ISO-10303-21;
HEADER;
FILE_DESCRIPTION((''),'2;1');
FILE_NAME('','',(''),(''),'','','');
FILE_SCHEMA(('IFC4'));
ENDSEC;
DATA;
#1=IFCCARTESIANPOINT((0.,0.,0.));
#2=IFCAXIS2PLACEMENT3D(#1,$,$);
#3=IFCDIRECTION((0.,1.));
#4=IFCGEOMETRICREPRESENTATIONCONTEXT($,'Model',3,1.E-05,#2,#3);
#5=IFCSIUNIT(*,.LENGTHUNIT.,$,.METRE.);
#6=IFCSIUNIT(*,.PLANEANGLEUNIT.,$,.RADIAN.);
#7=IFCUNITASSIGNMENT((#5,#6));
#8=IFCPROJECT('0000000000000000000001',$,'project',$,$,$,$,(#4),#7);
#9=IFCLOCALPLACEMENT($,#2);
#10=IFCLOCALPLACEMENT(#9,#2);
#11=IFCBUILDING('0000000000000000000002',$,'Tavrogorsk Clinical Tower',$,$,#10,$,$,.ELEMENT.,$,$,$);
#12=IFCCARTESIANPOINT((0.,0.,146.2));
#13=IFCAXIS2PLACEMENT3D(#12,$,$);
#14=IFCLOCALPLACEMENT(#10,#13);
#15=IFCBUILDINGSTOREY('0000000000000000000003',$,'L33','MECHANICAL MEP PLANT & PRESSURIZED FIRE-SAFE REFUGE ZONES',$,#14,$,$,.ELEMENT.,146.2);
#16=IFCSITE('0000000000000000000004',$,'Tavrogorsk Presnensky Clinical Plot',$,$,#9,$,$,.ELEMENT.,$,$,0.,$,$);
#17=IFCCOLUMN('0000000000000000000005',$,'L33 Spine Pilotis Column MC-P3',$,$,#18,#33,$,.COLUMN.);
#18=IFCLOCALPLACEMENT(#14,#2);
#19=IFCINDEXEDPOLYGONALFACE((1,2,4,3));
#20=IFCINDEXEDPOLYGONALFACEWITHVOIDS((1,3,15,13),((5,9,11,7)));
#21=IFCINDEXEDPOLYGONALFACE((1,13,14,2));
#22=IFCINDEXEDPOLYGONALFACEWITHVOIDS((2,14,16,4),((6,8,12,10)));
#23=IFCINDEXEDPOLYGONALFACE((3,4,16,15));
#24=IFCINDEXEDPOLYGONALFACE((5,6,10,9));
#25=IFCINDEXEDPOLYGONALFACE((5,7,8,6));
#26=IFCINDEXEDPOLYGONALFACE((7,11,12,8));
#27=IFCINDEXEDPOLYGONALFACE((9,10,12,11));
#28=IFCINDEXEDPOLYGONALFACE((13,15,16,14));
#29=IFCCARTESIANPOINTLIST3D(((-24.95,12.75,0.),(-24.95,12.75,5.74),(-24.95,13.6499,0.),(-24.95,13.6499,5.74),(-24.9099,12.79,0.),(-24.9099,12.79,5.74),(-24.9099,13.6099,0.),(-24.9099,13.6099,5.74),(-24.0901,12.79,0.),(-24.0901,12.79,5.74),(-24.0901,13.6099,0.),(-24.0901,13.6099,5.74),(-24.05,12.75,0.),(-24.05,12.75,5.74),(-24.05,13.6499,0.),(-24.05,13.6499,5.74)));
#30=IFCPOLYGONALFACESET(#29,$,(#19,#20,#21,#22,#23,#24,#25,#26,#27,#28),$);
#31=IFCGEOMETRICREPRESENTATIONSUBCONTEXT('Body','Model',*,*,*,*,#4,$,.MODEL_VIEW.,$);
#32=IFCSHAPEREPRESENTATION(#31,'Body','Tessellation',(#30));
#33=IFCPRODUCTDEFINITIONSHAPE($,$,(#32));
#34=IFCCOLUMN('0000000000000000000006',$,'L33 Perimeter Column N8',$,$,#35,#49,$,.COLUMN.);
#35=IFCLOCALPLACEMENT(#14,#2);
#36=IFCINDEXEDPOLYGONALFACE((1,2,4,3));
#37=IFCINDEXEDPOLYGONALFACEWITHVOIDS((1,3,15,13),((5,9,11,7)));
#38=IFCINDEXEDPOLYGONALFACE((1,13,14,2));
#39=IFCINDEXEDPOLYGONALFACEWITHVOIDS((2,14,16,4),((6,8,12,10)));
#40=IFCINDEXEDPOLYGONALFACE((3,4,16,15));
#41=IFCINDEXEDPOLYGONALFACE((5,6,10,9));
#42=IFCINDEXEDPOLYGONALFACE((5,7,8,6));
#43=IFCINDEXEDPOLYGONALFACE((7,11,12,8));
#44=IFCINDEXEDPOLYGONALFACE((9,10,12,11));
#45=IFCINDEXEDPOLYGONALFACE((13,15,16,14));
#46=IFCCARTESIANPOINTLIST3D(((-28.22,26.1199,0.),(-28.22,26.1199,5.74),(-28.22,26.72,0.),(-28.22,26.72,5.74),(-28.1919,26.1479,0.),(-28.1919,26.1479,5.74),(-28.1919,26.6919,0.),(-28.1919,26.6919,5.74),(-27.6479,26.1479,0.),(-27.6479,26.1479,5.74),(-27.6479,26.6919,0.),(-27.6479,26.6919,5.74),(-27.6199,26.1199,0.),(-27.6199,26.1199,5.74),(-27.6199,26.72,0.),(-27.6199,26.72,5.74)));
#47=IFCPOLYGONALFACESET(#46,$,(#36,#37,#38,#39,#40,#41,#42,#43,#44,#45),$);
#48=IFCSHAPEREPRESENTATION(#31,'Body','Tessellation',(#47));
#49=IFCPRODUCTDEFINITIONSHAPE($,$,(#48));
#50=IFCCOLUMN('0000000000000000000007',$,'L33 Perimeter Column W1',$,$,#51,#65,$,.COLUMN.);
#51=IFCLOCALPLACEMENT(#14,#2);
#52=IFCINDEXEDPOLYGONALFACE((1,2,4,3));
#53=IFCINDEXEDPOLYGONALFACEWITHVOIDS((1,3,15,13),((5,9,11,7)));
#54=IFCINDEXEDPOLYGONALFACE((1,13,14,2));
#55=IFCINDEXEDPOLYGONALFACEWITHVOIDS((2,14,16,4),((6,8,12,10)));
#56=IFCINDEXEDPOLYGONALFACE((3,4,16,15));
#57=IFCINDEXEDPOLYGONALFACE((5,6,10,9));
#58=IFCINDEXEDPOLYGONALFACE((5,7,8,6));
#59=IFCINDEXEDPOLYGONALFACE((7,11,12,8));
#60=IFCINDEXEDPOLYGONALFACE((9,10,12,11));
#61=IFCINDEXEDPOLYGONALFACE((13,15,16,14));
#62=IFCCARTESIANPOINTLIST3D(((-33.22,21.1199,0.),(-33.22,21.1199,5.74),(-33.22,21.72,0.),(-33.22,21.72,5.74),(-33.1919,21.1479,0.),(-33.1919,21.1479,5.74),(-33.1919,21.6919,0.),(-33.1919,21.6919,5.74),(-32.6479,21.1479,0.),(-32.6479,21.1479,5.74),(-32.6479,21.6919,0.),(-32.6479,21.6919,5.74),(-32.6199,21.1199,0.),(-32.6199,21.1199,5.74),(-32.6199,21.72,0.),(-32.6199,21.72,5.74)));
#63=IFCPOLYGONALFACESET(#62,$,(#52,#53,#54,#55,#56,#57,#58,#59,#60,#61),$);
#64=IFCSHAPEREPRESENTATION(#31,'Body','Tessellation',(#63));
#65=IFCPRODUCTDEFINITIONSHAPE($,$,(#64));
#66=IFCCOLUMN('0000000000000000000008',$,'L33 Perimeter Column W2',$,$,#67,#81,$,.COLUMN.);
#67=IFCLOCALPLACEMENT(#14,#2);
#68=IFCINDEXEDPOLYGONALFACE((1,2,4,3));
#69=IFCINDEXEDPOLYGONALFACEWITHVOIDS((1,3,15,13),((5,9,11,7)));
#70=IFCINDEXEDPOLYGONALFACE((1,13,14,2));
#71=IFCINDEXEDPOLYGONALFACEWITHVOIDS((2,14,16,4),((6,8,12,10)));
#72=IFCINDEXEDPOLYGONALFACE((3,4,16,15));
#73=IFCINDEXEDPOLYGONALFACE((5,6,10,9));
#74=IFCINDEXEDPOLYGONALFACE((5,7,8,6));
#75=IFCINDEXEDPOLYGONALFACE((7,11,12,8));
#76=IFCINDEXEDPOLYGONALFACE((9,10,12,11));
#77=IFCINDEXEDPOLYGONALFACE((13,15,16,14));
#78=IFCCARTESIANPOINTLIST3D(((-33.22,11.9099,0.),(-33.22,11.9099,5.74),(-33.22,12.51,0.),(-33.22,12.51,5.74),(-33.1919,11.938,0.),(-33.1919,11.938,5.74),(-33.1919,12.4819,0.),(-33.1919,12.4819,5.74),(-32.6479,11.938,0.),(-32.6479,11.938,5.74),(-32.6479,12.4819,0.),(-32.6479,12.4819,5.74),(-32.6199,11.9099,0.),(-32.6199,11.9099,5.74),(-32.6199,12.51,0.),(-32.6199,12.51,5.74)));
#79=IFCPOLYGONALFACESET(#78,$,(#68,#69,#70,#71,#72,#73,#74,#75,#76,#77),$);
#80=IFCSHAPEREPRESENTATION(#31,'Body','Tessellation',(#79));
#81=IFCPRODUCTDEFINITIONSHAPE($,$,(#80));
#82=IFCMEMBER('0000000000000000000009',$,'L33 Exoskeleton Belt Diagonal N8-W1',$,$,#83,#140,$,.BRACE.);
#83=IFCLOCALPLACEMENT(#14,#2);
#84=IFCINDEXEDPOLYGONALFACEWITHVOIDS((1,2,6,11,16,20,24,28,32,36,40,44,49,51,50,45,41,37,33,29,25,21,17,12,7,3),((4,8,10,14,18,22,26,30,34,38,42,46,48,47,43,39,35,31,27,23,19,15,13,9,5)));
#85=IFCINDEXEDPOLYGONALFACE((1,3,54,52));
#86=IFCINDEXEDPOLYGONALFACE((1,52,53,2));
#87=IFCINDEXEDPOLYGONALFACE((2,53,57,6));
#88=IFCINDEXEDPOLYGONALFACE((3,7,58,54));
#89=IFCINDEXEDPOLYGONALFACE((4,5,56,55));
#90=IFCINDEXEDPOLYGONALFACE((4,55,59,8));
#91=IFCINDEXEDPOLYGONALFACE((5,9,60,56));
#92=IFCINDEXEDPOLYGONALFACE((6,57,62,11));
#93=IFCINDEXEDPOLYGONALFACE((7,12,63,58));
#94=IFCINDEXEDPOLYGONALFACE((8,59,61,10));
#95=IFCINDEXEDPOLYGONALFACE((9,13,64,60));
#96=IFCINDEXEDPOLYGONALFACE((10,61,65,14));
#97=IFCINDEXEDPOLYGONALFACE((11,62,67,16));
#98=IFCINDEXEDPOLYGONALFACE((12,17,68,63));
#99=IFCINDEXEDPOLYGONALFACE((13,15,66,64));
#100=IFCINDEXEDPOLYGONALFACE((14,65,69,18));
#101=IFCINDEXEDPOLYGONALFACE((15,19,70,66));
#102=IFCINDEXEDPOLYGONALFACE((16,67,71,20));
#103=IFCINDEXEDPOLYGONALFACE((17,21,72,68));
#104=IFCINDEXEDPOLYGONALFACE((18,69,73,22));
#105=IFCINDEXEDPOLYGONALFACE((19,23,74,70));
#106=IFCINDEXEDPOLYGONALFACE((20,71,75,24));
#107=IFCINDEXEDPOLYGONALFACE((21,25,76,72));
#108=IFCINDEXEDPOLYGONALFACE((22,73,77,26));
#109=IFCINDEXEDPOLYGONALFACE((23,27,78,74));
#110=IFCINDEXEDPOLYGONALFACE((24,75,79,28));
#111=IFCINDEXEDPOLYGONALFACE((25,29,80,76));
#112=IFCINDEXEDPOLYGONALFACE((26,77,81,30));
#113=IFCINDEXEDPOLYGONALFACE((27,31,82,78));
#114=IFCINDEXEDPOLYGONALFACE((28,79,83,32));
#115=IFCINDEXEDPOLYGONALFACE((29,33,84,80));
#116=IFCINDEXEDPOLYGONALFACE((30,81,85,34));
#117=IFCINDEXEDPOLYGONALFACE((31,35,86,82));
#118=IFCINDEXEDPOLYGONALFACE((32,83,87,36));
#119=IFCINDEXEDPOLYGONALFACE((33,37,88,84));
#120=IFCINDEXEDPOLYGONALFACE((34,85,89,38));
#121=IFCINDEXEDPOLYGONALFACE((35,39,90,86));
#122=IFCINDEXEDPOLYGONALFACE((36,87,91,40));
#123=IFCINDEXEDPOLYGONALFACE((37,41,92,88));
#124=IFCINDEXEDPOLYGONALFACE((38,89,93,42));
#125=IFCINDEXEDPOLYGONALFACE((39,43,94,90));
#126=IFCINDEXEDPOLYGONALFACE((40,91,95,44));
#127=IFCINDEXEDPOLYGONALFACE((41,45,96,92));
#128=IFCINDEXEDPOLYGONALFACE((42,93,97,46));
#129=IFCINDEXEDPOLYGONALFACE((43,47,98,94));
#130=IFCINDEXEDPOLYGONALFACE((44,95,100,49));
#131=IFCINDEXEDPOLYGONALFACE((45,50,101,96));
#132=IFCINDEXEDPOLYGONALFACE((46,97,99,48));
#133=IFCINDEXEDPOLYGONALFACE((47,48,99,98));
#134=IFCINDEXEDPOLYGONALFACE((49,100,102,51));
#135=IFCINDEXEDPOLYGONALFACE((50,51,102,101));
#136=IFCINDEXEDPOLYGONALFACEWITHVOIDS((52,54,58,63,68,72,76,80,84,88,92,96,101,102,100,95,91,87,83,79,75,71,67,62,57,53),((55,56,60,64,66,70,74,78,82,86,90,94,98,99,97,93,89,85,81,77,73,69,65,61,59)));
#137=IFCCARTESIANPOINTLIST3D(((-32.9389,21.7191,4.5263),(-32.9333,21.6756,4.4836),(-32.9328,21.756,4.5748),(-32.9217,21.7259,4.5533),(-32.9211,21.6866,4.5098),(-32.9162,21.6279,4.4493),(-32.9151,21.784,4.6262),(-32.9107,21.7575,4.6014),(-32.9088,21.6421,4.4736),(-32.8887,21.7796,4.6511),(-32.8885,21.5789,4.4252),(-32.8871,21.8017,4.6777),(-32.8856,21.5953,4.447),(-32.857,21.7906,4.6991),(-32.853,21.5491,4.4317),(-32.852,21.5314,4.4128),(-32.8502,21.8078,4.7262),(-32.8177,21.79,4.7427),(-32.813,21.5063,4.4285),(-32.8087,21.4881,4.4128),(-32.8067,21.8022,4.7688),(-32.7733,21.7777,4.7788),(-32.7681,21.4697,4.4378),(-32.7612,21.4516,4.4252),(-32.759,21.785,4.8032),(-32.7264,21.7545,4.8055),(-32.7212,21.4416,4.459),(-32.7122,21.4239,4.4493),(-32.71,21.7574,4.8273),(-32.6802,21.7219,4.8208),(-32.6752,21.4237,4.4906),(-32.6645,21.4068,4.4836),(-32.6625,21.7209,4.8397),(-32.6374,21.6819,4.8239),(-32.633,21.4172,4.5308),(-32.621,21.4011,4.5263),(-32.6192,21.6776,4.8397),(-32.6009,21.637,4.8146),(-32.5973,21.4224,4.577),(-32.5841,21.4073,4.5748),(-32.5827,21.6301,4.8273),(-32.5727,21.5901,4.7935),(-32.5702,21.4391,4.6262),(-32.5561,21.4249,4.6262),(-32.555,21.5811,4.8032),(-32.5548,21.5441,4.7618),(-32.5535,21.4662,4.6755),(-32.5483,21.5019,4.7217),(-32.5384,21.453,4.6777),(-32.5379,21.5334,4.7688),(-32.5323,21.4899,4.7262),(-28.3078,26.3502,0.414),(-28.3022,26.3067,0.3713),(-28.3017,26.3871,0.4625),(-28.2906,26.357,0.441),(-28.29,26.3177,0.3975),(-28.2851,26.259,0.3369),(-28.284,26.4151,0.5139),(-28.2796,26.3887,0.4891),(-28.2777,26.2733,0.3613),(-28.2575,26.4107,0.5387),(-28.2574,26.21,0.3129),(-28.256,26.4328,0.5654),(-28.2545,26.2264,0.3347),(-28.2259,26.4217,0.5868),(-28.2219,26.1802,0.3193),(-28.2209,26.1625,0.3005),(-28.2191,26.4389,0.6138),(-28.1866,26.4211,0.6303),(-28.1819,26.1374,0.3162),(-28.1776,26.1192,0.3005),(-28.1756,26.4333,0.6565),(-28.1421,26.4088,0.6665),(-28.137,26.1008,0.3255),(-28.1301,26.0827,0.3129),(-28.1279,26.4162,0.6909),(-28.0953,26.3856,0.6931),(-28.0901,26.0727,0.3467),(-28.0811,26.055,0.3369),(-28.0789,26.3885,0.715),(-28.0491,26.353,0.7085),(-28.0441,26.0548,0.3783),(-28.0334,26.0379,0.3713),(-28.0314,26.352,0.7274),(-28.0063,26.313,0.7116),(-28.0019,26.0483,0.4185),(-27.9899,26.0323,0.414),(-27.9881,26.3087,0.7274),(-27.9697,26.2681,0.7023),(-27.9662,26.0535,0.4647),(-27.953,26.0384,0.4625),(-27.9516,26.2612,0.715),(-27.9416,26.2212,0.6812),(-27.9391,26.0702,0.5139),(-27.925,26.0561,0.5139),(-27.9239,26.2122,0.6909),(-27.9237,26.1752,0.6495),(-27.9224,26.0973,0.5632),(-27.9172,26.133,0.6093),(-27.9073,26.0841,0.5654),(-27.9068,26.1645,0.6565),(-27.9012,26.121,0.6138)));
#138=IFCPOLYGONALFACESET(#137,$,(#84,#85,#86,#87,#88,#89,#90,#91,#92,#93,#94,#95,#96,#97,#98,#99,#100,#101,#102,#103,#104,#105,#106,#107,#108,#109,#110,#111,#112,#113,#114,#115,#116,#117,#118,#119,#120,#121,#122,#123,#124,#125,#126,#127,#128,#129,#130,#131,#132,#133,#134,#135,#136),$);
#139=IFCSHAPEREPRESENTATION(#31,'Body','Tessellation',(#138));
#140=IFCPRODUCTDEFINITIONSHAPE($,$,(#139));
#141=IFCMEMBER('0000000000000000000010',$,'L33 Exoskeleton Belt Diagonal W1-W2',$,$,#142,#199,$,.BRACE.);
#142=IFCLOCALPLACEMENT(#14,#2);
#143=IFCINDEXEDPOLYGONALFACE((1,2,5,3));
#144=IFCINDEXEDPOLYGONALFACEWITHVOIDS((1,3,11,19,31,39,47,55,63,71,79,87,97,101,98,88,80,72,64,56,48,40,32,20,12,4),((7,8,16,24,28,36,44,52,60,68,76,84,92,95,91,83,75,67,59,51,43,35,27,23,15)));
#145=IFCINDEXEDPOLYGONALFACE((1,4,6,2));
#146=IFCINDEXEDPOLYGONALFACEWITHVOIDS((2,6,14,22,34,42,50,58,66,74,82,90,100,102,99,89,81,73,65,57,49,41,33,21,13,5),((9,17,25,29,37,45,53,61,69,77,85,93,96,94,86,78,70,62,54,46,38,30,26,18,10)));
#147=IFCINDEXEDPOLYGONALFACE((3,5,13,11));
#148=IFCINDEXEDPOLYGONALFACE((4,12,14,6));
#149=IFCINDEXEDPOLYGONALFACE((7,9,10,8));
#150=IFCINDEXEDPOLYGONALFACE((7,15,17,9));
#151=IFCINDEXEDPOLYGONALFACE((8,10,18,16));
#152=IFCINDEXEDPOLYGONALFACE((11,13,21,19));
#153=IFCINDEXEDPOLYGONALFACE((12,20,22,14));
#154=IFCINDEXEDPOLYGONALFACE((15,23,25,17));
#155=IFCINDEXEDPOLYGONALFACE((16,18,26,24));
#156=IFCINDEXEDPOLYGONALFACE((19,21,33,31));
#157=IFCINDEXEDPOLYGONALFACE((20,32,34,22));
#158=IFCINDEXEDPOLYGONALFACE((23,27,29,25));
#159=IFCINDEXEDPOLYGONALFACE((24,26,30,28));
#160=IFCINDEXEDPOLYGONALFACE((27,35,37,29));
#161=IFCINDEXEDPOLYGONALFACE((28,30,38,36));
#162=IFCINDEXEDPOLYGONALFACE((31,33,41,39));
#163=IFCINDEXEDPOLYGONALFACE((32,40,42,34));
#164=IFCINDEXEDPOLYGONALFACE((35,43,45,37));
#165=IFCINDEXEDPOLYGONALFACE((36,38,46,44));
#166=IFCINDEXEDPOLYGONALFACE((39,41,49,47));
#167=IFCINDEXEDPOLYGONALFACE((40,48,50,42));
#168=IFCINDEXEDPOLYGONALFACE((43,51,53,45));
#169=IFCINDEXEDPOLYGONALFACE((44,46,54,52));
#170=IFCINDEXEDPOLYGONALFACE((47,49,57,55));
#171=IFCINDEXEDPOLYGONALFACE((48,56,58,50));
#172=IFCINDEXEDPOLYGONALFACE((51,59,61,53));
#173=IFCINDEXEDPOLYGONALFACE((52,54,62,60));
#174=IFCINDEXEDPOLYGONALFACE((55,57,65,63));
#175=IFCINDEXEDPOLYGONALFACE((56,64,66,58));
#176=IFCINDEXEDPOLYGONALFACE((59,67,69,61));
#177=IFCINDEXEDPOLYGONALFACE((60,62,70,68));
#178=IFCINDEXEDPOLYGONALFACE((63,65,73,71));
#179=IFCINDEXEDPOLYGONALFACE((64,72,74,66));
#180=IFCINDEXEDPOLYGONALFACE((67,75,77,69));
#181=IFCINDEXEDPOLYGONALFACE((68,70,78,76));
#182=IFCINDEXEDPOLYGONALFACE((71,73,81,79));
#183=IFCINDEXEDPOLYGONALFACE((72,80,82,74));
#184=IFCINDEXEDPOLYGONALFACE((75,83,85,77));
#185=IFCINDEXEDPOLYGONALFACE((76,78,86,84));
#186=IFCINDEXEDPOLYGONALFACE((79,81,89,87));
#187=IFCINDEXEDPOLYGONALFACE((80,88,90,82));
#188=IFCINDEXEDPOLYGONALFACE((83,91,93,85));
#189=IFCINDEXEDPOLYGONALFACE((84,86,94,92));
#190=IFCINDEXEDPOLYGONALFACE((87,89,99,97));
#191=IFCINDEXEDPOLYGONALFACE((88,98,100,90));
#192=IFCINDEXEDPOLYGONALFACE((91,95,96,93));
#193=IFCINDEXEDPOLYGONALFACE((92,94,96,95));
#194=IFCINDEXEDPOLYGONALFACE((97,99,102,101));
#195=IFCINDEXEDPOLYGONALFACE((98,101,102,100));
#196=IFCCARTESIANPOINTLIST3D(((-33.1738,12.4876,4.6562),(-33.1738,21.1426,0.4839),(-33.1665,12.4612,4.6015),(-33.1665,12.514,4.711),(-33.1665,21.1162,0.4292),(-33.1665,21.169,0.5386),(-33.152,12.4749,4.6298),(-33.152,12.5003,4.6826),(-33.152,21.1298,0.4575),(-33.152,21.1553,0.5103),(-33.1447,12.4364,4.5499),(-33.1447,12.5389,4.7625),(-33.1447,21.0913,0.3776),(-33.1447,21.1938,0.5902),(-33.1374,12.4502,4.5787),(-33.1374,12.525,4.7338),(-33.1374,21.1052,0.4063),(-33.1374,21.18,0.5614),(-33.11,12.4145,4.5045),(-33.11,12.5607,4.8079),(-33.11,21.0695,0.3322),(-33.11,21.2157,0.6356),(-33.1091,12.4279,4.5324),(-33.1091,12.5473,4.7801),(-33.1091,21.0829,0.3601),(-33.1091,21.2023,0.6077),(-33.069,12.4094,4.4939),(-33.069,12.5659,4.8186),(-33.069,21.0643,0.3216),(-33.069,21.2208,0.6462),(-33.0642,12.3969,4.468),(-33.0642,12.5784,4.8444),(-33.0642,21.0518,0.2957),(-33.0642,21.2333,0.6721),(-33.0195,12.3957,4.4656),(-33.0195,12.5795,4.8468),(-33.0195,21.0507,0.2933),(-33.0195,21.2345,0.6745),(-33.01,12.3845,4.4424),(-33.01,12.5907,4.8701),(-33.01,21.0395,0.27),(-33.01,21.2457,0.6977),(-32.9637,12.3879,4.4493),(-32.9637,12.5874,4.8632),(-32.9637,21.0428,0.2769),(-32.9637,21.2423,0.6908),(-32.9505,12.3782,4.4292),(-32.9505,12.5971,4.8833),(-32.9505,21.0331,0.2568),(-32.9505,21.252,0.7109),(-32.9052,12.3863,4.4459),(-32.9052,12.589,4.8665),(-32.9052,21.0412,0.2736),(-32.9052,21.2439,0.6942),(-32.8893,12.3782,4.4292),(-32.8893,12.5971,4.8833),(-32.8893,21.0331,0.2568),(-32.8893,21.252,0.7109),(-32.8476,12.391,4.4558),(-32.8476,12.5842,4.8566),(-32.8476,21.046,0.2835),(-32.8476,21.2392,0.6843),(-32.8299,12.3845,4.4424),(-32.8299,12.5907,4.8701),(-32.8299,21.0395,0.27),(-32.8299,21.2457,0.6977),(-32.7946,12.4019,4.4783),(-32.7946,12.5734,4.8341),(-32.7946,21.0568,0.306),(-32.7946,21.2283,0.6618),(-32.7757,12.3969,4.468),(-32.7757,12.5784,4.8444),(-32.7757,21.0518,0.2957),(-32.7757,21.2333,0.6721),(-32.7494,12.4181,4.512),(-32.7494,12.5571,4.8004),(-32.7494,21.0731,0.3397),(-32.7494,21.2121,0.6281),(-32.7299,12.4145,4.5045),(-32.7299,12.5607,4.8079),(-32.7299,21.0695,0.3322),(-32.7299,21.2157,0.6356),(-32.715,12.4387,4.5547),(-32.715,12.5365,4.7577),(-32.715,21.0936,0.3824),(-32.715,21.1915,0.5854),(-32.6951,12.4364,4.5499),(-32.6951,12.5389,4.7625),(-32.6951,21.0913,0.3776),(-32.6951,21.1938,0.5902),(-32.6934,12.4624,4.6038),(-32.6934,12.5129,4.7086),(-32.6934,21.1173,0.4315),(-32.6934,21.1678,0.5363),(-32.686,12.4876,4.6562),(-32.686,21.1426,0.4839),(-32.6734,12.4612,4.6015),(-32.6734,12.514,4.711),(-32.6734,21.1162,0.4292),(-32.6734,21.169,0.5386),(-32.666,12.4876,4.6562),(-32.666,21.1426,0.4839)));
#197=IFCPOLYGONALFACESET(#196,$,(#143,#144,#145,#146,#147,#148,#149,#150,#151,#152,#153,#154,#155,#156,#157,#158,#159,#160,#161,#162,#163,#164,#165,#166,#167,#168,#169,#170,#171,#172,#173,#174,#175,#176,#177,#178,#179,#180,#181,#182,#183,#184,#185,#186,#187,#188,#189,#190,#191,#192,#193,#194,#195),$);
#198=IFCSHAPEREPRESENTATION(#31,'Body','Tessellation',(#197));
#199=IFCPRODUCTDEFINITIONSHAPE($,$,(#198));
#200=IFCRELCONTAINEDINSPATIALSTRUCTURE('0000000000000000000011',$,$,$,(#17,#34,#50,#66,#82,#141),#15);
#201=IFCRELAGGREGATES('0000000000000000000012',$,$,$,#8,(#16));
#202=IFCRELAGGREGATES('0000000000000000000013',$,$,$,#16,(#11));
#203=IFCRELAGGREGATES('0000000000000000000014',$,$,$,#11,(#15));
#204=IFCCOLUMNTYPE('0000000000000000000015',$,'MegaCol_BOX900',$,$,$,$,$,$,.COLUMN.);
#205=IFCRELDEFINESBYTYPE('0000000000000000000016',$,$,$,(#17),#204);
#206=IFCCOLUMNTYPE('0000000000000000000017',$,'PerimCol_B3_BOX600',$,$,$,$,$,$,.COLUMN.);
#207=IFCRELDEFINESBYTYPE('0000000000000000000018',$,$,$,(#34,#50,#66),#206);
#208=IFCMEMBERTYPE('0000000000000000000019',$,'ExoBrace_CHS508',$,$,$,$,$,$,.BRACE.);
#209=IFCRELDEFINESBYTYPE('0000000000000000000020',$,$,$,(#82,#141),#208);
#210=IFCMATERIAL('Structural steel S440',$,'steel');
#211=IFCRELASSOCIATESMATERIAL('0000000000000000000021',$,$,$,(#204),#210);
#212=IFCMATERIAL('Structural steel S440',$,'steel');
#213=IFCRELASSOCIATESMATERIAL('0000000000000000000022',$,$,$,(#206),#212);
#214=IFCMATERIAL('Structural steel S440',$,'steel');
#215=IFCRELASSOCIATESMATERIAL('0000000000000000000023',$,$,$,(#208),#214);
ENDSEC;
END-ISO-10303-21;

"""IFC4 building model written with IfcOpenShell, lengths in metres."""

from ifc_helpers import new_model, si_unit, direction, frame, origin, origin_2d, place, context, subcontext, project, spatial, hollow_rectangle, hollow_circle, extrude, material, material_profile, profile_set, type_object, element, save


model = new_model("IFC4")

# Units and contexts
model_context = context("Model", 3, precision=1e-05, world=origin(), true_north=direction((0.0, 1.0)))
body_context = subcontext(model_context, "Body", "Model", "MODEL_VIEW")
ifc_project = project(units=[si_unit("LENGTHUNIT", "METRE"), si_unit("PLANEANGLEUNIT", "RADIAN")], contexts=[model_context])

# Site, building, storey
site_placement = place(None, origin())
site = spatial("IfcSite", under=ifc_project, at=site_placement, Name="Tavrogorsk Presnensky Clinical Plot", CompositionType="ELEMENT", RefElevation=0.0)
building_placement = place(site_placement, origin())
building = spatial("IfcBuilding", under=site, at=building_placement, Name="Tavrogorsk Clinical Tower", CompositionType="ELEMENT")
storey_placement = place(building_placement, frame((0.0, 0.0, 146.2)))
storey = spatial("IfcBuildingStorey", under=building, at=storey_placement, Name="L33", Description="MECHANICAL MEP PLANT & PRESSURIZED FIRE-SAFE REFUGE ZONES", CompositionType="ELEMENT", Elevation=146.2)

# Columns
ifc_material_1 = material(Name="Structural steel S440", Category="steel")
ifc_material_profile_1 = material_profile(ifc_material_1, hollow_rectangle(XDim=0.8999, YDim=0.8999, WallThickness=0.04, at=origin_2d()), Name="BOX-900x900x40")
ifc_profile_set_1 = profile_set([ifc_material_profile_1], Name="Structural steel S440")
column_type_1 = type_object("IfcColumnType", Name="MegaCol_BOX900", PredefinedType="COLUMN", material=ifc_profile_set_1)
column_placement = place(storey_placement, frame((-24.5, 13.2, 0.0), z_axis=(0.0, 0.0, 1.0), x_axis=(1.0, 0.0, 0.0)))
element("IfcColumn", 1, at=column_placement, inside=storey, type_object=column_type_1, Name="L33 Spine Pilotis Column MC-P3", PredefinedType="COLUMN", context=body_context, shape_type="SweptSolid", body=[
    extrude(hollow_rectangle(XDim=0.8999, YDim=0.8999, WallThickness=0.04, at=origin_2d()), origin(), (0.0, 0.0, 1.0), 5.74),
])
ifc_material_2 = material(Name="Structural steel S440", Category="steel")
ifc_material_profile_2 = material_profile(ifc_material_2, hollow_rectangle(XDim=0.6001, YDim=0.6001, WallThickness=0.0281, at=origin_2d()), Name="BOX-600x600x28")
ifc_profile_set_2 = profile_set([ifc_material_profile_2], Name="Structural steel S440")
column_type_2 = type_object("IfcColumnType", Name="PerimCol_B3_BOX600", PredefinedType="COLUMN", material=ifc_profile_set_2)
for number, where, z_axis, x_axis, name in (
    (2, (-27.9199, 26.4199, 0.0), (0.0, 0.0, 1.0), (1.0, 0.0, 0.0), "L33 Perimeter Column N8"),
    (3, (-32.9199, 21.4199, 0.0), (0.0, 0.0, 1.0), (1.0, 0.0, 0.0), "L33 Perimeter Column W1"),
    (4, (-32.9199, 12.21, 0.0), (0.0, 0.0, 1.0), (1.0, 0.0, 0.0), "L33 Perimeter Column W2"),
):
    element("IfcColumn", number, at=place(storey_placement, frame(where, z_axis=z_axis, x_axis=x_axis)), inside=storey, type_object=column_type_2, Name=name, PredefinedType="COLUMN", context=body_context, shape_type="SweptSolid", body=[
        extrude(hollow_rectangle(XDim=0.6001, YDim=0.6001, WallThickness=0.0281, at=origin_2d()), origin(), (0.0, 0.0, 1.0), 5.74),
    ])

# Members
ifc_material_3 = material(Name="Structural steel S440", Category="steel")
ifc_material_profile_3 = material_profile(ifc_material_3, hollow_circle(Radius=0.2539, WallThickness=0.02, at=origin_2d()), Name="CHS-508x20")
ifc_profile_set_3 = profile_set([ifc_material_profile_3], Name="Structural steel S440")
member_type = type_object("IfcMemberType", Name="ExoBrace_CHS508", PredefinedType="BRACE", material=ifc_profile_set_3)
member_1_placement = place(storey_placement, frame((-28.1045, 26.2356, 0.5139), z_axis=(-0.598845, -0.598845, 0.53176), x_axis=(0.707107, -0.707107, 0.0)))
element("IfcMember", 5, at=member_1_placement, inside=storey, type_object=member_type, Name="L33 Exoskeleton Belt Diagonal N8-W1", PredefinedType="BRACE", context=body_context, shape_type="SweptSolid", body=[
    extrude(hollow_circle(Radius=0.2539, WallThickness=0.02, at=origin_2d()), origin(), (0.0, 0.0, 1.0), 7.7334),
])
member_2_placement = place(storey_placement, frame((-32.9199, 21.1426, 0.4839), z_axis=(0.0, -0.900793, 0.434249), x_axis=(1.0, 0.0, 0.0)))
element("IfcMember", 6, at=member_2_placement, inside=storey, type_object=member_type, Name="L33 Exoskeleton Belt Diagonal W1-W2", PredefinedType="BRACE", context=body_context, shape_type="SweptSolid", body=[
    extrude(hollow_circle(Radius=0.2539, WallThickness=0.02, at=origin_2d()), origin(), (0.0, 0.0, 1.0), 9.6082),
])

save(model, "model.ifc")
